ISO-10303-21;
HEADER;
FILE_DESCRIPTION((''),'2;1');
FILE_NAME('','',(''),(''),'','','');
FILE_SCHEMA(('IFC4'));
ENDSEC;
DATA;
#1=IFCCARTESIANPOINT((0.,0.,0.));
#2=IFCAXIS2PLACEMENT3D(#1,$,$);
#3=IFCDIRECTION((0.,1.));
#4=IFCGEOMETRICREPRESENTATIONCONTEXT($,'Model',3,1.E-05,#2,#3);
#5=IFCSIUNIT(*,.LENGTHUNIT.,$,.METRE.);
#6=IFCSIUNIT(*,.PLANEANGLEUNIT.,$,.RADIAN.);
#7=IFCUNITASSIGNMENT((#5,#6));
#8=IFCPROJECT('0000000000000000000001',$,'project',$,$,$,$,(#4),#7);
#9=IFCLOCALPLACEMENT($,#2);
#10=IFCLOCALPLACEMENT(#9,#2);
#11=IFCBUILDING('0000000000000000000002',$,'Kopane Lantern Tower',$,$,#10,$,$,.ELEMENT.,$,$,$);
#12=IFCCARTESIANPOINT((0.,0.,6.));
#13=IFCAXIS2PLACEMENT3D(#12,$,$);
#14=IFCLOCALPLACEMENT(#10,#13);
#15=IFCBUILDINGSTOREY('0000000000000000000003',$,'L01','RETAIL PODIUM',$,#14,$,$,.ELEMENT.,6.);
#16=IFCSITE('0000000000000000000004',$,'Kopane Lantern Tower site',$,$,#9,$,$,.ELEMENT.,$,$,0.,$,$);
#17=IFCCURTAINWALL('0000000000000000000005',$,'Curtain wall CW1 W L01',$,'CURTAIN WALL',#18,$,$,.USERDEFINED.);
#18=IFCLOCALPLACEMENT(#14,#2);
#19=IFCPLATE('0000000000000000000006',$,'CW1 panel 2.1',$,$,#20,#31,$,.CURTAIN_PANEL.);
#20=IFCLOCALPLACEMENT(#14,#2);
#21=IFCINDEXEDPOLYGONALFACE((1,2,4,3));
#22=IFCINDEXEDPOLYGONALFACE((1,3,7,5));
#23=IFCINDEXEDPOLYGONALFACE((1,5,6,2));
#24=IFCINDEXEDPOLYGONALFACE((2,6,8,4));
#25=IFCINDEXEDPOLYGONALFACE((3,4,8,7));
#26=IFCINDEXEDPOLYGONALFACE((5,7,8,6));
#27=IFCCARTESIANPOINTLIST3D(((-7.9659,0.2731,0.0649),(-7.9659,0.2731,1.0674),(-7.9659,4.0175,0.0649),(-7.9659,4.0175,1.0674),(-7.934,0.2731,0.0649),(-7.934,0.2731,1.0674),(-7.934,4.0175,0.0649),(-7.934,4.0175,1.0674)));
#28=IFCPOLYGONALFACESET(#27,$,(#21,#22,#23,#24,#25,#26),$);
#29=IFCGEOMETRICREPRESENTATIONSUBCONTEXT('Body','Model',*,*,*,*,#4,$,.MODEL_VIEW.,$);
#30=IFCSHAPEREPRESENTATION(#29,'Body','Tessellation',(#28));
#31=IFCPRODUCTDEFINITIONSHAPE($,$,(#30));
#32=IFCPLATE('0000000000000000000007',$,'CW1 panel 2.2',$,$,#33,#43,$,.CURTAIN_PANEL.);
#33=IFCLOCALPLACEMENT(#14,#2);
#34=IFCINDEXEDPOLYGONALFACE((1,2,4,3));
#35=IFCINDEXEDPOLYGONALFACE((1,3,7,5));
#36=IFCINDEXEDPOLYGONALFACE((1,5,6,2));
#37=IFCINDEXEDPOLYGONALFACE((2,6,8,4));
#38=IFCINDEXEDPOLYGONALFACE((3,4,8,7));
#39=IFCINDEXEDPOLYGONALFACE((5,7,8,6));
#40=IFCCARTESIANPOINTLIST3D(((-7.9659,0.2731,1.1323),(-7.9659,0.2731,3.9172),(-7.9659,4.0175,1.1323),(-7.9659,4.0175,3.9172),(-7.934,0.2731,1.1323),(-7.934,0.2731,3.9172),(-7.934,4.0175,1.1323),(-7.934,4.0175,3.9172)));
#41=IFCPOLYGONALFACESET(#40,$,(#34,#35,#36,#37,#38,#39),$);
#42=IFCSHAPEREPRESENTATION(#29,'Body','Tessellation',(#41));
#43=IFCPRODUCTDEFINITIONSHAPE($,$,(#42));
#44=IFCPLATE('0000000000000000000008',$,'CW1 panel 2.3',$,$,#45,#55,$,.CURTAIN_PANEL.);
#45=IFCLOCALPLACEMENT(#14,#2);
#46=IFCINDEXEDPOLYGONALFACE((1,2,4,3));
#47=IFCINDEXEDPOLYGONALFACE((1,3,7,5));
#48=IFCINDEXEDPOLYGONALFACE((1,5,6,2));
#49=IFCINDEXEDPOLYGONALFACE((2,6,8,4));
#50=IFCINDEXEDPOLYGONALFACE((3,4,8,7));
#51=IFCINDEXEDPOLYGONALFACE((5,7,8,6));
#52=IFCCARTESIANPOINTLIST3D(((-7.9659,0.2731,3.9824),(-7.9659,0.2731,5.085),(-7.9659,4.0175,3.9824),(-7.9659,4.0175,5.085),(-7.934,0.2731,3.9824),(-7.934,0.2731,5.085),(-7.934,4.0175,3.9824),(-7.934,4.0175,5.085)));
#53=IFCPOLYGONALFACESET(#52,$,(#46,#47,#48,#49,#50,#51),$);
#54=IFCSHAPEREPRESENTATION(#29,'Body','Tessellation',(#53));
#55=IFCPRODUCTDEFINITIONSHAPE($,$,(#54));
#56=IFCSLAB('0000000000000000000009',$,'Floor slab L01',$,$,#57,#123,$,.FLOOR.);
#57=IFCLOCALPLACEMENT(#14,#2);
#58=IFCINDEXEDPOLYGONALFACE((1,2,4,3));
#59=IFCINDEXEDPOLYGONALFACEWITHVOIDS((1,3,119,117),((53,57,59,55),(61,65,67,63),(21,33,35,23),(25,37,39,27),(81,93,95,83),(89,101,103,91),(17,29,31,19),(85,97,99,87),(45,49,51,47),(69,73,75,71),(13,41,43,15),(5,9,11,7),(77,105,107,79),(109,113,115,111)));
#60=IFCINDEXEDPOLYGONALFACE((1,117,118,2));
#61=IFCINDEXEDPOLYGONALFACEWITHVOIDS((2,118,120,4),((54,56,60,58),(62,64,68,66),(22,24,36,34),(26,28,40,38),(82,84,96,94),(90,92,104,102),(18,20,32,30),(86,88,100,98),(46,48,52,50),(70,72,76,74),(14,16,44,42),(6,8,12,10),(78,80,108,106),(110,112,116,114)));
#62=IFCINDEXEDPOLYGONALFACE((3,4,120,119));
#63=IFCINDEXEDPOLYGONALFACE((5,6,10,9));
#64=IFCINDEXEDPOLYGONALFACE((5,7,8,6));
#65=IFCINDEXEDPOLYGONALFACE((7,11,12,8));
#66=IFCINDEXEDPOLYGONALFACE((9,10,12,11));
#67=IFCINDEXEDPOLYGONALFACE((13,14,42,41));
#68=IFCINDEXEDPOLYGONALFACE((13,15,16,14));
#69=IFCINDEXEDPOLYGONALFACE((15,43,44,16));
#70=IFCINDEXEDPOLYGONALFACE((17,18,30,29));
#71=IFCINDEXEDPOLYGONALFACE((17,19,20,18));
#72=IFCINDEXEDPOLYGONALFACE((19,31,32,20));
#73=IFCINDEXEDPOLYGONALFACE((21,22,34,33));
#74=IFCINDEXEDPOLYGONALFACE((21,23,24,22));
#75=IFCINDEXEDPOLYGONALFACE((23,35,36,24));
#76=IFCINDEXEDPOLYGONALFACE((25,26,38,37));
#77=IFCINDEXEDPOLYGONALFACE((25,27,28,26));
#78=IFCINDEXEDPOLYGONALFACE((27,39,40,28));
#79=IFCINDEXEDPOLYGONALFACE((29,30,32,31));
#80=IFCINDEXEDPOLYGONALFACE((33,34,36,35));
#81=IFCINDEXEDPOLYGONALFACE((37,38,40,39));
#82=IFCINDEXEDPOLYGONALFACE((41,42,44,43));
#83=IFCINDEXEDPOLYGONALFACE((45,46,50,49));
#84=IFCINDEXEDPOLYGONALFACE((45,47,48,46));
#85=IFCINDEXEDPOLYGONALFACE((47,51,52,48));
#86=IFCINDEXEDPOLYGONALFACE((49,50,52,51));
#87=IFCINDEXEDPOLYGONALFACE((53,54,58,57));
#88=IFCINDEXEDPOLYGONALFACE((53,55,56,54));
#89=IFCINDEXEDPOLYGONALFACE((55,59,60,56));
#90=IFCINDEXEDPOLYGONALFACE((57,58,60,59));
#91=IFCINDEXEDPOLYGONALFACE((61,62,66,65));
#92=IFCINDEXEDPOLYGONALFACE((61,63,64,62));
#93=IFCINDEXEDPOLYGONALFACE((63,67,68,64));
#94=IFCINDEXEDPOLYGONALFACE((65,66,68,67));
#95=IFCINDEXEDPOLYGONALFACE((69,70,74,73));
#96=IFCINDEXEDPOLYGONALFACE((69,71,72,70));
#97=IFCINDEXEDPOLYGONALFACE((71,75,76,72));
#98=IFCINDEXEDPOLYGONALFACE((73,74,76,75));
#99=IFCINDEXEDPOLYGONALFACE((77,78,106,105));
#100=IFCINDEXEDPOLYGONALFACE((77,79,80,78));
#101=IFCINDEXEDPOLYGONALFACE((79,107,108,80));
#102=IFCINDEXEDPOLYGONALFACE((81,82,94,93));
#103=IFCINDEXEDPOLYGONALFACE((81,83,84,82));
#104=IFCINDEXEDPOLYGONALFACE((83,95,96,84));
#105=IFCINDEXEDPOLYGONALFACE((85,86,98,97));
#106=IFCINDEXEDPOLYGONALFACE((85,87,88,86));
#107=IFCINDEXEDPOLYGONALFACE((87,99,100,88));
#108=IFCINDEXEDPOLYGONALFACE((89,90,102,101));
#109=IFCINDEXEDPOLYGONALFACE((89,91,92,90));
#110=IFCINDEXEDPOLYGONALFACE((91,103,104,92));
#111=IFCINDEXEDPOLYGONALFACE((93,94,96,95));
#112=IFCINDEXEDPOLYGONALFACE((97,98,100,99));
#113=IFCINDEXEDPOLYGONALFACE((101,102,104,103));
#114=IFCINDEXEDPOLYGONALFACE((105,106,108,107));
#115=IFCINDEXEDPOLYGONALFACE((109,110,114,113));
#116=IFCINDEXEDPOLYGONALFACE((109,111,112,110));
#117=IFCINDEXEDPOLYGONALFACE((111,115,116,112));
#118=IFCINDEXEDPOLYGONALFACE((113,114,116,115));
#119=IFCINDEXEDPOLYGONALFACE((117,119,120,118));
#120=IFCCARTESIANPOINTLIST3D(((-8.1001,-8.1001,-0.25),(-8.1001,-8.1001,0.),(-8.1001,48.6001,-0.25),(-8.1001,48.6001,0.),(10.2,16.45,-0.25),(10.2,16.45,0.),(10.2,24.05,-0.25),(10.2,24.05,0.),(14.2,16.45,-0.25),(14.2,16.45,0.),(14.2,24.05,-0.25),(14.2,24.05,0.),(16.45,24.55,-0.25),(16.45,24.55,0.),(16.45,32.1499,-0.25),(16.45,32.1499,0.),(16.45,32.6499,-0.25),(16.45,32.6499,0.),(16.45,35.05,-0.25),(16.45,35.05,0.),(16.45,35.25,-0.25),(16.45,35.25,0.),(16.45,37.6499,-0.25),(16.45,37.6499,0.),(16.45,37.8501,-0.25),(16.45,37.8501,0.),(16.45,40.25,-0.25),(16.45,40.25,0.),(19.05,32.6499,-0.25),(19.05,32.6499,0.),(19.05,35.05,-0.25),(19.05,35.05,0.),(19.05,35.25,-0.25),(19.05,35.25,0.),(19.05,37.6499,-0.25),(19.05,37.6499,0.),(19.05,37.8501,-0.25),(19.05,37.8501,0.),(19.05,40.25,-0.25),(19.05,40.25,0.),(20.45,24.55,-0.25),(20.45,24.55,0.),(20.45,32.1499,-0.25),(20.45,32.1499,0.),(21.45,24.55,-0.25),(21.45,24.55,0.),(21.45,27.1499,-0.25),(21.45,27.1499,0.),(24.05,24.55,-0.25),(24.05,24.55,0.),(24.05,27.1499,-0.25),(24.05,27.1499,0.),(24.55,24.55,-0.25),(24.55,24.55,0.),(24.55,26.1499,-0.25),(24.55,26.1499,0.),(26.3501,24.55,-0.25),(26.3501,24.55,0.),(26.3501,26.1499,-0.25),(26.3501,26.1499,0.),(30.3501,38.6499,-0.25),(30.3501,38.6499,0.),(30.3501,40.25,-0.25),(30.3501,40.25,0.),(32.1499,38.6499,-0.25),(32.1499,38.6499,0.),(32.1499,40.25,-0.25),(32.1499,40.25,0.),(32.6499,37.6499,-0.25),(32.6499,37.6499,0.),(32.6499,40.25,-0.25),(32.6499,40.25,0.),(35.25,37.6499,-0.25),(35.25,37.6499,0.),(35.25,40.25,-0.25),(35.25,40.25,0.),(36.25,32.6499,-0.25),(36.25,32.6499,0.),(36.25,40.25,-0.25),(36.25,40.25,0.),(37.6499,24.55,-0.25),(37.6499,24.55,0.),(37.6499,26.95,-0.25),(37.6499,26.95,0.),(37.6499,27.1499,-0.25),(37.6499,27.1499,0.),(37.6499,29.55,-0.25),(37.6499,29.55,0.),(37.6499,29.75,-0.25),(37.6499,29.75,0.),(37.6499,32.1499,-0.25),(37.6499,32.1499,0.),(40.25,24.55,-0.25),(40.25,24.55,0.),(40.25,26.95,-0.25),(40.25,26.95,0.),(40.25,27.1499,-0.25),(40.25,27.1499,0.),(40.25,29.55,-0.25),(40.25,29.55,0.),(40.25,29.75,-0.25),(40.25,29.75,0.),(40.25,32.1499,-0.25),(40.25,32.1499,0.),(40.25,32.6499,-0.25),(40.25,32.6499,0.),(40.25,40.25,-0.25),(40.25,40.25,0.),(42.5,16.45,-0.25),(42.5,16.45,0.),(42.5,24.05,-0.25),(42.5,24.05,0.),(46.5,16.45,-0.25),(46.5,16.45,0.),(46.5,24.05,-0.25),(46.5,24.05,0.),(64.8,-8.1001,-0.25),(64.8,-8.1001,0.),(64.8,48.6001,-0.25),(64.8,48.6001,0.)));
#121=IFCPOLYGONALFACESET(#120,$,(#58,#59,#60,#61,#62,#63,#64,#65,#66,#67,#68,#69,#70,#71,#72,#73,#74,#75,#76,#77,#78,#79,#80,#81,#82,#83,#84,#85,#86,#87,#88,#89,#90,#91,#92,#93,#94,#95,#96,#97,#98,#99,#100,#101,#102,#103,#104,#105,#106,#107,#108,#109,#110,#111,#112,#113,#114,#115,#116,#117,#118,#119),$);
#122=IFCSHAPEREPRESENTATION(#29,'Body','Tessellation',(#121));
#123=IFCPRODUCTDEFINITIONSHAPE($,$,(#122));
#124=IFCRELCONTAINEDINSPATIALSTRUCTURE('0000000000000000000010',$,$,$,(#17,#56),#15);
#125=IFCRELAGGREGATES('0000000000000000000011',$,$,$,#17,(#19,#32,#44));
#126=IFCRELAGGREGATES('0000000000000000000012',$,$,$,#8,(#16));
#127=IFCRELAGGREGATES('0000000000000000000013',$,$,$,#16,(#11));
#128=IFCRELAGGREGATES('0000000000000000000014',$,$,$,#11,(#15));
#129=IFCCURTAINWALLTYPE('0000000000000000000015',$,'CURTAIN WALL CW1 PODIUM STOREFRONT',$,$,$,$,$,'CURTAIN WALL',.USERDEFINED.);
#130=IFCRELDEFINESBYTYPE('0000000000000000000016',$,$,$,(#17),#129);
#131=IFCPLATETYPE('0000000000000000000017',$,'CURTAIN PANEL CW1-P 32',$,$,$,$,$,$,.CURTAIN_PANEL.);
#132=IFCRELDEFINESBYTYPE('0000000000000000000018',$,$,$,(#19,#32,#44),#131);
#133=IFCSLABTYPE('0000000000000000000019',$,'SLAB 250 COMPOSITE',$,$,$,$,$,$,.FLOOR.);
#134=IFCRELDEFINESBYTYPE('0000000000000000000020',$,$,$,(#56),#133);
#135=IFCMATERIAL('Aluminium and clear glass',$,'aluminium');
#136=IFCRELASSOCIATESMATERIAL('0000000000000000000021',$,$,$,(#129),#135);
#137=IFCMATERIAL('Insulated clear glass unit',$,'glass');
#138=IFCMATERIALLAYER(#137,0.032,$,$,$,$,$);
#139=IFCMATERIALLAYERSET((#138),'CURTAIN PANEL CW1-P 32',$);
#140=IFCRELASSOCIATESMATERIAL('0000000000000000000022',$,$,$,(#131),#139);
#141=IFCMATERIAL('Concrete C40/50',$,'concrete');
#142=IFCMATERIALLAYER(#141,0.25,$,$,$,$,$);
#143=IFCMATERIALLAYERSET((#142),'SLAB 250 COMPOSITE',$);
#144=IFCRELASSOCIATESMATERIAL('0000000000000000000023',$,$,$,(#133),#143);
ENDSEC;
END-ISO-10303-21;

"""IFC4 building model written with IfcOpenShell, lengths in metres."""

from ifc_helpers import new_model, si_unit, direction, frame, origin, origin_2d, place, context, subcontext, project, spatial, polyline, rectangle, outline, extrude, material, layer, layer_set, type_object, element, aggregate, save


model = new_model("IFC4")

# Units and contexts
model_context = context("Model", 3, precision=1e-05, world=origin(), true_north=direction((0.0, 1.0)))
body_context = subcontext(model_context, "Body", "Model", "MODEL_VIEW")
ifc_project = project(units=[si_unit("LENGTHUNIT", "METRE"), si_unit("PLANEANGLEUNIT", "RADIAN")], contexts=[model_context])

# Site, building, storey
site_placement = place(None, origin())
site = spatial("IfcSite", under=ifc_project, at=site_placement, Name="Kopane Lantern Tower site", CompositionType="ELEMENT", RefElevation=0.0)
building_placement = place(site_placement, origin())
building = spatial("IfcBuilding", under=site, at=building_placement, Name="Kopane Lantern Tower", CompositionType="ELEMENT")
storey_placement = place(building_placement, frame((0.0, 0.0, 6.0)))
storey = spatial("IfcBuildingStorey", under=building, at=storey_placement, Name="L01", Description="RETAIL PODIUM", CompositionType="ELEMENT", Elevation=6.0)

# Curtain wall, plates
ifc_material_1 = material(Name="Aluminium and clear glass", Category="aluminium")
curtain_wall_type = type_object("IfcCurtainWallType", Name="CURTAIN WALL CW1 PODIUM STOREFRONT", ElementType="CURTAIN WALL", PredefinedType="USERDEFINED", material=ifc_material_1)
curtain_wall_placement = place(storey_placement, origin())
curtain_wall = element("IfcCurtainWall", 1, at=curtain_wall_placement, inside=storey, type_object=curtain_wall_type, Name="Curtain wall CW1 W L01", ObjectType="CURTAIN WALL", PredefinedType="USERDEFINED")
ifc_material_2 = material(Name="Insulated clear glass unit", Category="glass")
ifc_layer_1 = layer(ifc_material_2, 0.032)
ifc_layer_set_1 = layer_set([ifc_layer_1], Name="CURTAIN PANEL CW1-P 32")
plate_type = type_object("IfcPlateType", Name="CURTAIN PANEL CW1-P 32", PredefinedType="CURTAIN_PANEL", material=ifc_layer_set_1)
plate_1_placement = place(storey_placement, frame((-7.95, 2.1453, 0.0649), z_axis=(0.0, 0.0, 1.0), x_axis=(0.0, -1.0, 0.0)))
plate_1 = element("IfcPlate", 2, at=plate_1_placement, type_object=plate_type, Name="CW1 panel 2.1", PredefinedType="CURTAIN_PANEL", context=body_context, shape_type="SweptSolid", body=[
    extrude(rectangle(XDim=3.7444, YDim=0.032, at=origin_2d()), origin(), (0.0, 0.0, 1.0), 1.0024),
])
plate_2_placement = place(storey_placement, frame((-7.95, 2.1453, 1.1323), z_axis=(0.0, 0.0, 1.0), x_axis=(0.0, -1.0, 0.0)))
plate_2 = element("IfcPlate", 3, at=plate_2_placement, type_object=plate_type, Name="CW1 panel 2.2", PredefinedType="CURTAIN_PANEL", context=body_context, shape_type="SweptSolid", body=[
    extrude(rectangle(XDim=3.7444, YDim=0.032, at=origin_2d()), origin(), (0.0, 0.0, 1.0), 2.7849),
])
plate_3_placement = place(storey_placement, frame((-7.95, 2.1453, 3.9824), z_axis=(0.0, 0.0, 1.0), x_axis=(0.0, -1.0, 0.0)))
plate_3 = element("IfcPlate", 4, at=plate_3_placement, type_object=plate_type, Name="CW1 panel 2.3", PredefinedType="CURTAIN_PANEL", context=body_context, shape_type="SweptSolid", body=[
    extrude(rectangle(XDim=3.7444, YDim=0.032, at=origin_2d()), origin(), (0.0, 0.0, 1.0), 1.1025),
])
aggregate(curtain_wall, [plate_1, plate_2, plate_3])

# Slab
ifc_material_3 = material(Name="Concrete C40/50", Category="concrete")
ifc_layer_2 = layer(ifc_material_3, 0.25)
ifc_layer_set_2 = layer_set([ifc_layer_2], Name="SLAB 250 COMPOSITE")
slab_type = type_object("IfcSlabType", Name="SLAB 250 COMPOSITE", PredefinedType="FLOOR", material=ifc_layer_set_2)
slab_placement = place(storey_placement, frame((0.0, 0.0, -0.25)))
element("IfcSlab", 5, at=slab_placement, inside=storey, type_object=slab_type, Name="Floor slab L01", PredefinedType="FLOOR", context=body_context, shape_type="SweptSolid", body=[
    extrude(outline(polyline([(-8.1001, -8.1001), (64.8, -8.1001), (64.8, 48.6001), (-8.1001, 48.6001), (-8.1001, -8.1001)]), holes=[polyline([(16.45, 24.55), (20.45, 24.55), (20.45, 32.1499), (16.45, 32.1499), (16.45, 24.55)]), polyline([(36.25, 32.6499), (40.25, 32.6499), (40.25, 40.25), (36.25, 40.25), (36.25, 32.6499)]), polyline([(16.45, 32.6499), (19.05, 32.6499), (19.05, 35.05), (16.45, 35.05), (16.45, 32.6499)]), polyline([(16.45, 35.25), (19.05, 35.25), (19.05, 37.6499), (16.45, 37.6499), (16.45, 35.25)]), polyline([(16.45, 37.8501), (19.05, 37.8501), (19.05, 40.25), (16.45, 40.25), (16.45, 37.8501)]), polyline([(37.6499, 24.55), (40.25, 24.55), (40.25, 26.95), (37.6499, 26.95), (37.6499, 24.55)]), polyline([(37.6499, 27.1499), (40.25, 27.1499), (40.25, 29.55), (37.6499, 29.55), (37.6499, 27.1499)]), polyline([(37.6499, 29.75), (40.25, 29.75), (40.25, 32.1499), (37.6499, 32.1499), (37.6499, 29.75)]), polyline([(21.45, 24.55), (24.05, 24.55), (24.05, 27.1499), (21.45, 27.1499), (21.45, 24.55)]), polyline([(32.6499, 37.6499), (35.25, 37.6499), (35.25, 40.25), (32.6499, 40.25), (32.6499, 37.6499)]), polyline([(24.55, 24.55), (26.3501, 24.55), (26.3501, 26.1499), (24.55, 26.1499), (24.55, 24.55)]), polyline([(30.3501, 38.6499), (32.1499, 38.6499), (32.1499, 40.25), (30.3501, 40.25), (30.3501, 38.6499)]), polyline([(10.2, 16.45), (14.2, 16.45), (14.2, 24.05), (10.2, 24.05), (10.2, 16.45)]), polyline([(42.5, 16.45), (46.5, 16.45), (46.5, 24.05), (42.5, 24.05), (42.5, 16.45)])]), origin(), (0.0, 0.0, 1.0), 0.25),
])

save(model, "model.ifc")
